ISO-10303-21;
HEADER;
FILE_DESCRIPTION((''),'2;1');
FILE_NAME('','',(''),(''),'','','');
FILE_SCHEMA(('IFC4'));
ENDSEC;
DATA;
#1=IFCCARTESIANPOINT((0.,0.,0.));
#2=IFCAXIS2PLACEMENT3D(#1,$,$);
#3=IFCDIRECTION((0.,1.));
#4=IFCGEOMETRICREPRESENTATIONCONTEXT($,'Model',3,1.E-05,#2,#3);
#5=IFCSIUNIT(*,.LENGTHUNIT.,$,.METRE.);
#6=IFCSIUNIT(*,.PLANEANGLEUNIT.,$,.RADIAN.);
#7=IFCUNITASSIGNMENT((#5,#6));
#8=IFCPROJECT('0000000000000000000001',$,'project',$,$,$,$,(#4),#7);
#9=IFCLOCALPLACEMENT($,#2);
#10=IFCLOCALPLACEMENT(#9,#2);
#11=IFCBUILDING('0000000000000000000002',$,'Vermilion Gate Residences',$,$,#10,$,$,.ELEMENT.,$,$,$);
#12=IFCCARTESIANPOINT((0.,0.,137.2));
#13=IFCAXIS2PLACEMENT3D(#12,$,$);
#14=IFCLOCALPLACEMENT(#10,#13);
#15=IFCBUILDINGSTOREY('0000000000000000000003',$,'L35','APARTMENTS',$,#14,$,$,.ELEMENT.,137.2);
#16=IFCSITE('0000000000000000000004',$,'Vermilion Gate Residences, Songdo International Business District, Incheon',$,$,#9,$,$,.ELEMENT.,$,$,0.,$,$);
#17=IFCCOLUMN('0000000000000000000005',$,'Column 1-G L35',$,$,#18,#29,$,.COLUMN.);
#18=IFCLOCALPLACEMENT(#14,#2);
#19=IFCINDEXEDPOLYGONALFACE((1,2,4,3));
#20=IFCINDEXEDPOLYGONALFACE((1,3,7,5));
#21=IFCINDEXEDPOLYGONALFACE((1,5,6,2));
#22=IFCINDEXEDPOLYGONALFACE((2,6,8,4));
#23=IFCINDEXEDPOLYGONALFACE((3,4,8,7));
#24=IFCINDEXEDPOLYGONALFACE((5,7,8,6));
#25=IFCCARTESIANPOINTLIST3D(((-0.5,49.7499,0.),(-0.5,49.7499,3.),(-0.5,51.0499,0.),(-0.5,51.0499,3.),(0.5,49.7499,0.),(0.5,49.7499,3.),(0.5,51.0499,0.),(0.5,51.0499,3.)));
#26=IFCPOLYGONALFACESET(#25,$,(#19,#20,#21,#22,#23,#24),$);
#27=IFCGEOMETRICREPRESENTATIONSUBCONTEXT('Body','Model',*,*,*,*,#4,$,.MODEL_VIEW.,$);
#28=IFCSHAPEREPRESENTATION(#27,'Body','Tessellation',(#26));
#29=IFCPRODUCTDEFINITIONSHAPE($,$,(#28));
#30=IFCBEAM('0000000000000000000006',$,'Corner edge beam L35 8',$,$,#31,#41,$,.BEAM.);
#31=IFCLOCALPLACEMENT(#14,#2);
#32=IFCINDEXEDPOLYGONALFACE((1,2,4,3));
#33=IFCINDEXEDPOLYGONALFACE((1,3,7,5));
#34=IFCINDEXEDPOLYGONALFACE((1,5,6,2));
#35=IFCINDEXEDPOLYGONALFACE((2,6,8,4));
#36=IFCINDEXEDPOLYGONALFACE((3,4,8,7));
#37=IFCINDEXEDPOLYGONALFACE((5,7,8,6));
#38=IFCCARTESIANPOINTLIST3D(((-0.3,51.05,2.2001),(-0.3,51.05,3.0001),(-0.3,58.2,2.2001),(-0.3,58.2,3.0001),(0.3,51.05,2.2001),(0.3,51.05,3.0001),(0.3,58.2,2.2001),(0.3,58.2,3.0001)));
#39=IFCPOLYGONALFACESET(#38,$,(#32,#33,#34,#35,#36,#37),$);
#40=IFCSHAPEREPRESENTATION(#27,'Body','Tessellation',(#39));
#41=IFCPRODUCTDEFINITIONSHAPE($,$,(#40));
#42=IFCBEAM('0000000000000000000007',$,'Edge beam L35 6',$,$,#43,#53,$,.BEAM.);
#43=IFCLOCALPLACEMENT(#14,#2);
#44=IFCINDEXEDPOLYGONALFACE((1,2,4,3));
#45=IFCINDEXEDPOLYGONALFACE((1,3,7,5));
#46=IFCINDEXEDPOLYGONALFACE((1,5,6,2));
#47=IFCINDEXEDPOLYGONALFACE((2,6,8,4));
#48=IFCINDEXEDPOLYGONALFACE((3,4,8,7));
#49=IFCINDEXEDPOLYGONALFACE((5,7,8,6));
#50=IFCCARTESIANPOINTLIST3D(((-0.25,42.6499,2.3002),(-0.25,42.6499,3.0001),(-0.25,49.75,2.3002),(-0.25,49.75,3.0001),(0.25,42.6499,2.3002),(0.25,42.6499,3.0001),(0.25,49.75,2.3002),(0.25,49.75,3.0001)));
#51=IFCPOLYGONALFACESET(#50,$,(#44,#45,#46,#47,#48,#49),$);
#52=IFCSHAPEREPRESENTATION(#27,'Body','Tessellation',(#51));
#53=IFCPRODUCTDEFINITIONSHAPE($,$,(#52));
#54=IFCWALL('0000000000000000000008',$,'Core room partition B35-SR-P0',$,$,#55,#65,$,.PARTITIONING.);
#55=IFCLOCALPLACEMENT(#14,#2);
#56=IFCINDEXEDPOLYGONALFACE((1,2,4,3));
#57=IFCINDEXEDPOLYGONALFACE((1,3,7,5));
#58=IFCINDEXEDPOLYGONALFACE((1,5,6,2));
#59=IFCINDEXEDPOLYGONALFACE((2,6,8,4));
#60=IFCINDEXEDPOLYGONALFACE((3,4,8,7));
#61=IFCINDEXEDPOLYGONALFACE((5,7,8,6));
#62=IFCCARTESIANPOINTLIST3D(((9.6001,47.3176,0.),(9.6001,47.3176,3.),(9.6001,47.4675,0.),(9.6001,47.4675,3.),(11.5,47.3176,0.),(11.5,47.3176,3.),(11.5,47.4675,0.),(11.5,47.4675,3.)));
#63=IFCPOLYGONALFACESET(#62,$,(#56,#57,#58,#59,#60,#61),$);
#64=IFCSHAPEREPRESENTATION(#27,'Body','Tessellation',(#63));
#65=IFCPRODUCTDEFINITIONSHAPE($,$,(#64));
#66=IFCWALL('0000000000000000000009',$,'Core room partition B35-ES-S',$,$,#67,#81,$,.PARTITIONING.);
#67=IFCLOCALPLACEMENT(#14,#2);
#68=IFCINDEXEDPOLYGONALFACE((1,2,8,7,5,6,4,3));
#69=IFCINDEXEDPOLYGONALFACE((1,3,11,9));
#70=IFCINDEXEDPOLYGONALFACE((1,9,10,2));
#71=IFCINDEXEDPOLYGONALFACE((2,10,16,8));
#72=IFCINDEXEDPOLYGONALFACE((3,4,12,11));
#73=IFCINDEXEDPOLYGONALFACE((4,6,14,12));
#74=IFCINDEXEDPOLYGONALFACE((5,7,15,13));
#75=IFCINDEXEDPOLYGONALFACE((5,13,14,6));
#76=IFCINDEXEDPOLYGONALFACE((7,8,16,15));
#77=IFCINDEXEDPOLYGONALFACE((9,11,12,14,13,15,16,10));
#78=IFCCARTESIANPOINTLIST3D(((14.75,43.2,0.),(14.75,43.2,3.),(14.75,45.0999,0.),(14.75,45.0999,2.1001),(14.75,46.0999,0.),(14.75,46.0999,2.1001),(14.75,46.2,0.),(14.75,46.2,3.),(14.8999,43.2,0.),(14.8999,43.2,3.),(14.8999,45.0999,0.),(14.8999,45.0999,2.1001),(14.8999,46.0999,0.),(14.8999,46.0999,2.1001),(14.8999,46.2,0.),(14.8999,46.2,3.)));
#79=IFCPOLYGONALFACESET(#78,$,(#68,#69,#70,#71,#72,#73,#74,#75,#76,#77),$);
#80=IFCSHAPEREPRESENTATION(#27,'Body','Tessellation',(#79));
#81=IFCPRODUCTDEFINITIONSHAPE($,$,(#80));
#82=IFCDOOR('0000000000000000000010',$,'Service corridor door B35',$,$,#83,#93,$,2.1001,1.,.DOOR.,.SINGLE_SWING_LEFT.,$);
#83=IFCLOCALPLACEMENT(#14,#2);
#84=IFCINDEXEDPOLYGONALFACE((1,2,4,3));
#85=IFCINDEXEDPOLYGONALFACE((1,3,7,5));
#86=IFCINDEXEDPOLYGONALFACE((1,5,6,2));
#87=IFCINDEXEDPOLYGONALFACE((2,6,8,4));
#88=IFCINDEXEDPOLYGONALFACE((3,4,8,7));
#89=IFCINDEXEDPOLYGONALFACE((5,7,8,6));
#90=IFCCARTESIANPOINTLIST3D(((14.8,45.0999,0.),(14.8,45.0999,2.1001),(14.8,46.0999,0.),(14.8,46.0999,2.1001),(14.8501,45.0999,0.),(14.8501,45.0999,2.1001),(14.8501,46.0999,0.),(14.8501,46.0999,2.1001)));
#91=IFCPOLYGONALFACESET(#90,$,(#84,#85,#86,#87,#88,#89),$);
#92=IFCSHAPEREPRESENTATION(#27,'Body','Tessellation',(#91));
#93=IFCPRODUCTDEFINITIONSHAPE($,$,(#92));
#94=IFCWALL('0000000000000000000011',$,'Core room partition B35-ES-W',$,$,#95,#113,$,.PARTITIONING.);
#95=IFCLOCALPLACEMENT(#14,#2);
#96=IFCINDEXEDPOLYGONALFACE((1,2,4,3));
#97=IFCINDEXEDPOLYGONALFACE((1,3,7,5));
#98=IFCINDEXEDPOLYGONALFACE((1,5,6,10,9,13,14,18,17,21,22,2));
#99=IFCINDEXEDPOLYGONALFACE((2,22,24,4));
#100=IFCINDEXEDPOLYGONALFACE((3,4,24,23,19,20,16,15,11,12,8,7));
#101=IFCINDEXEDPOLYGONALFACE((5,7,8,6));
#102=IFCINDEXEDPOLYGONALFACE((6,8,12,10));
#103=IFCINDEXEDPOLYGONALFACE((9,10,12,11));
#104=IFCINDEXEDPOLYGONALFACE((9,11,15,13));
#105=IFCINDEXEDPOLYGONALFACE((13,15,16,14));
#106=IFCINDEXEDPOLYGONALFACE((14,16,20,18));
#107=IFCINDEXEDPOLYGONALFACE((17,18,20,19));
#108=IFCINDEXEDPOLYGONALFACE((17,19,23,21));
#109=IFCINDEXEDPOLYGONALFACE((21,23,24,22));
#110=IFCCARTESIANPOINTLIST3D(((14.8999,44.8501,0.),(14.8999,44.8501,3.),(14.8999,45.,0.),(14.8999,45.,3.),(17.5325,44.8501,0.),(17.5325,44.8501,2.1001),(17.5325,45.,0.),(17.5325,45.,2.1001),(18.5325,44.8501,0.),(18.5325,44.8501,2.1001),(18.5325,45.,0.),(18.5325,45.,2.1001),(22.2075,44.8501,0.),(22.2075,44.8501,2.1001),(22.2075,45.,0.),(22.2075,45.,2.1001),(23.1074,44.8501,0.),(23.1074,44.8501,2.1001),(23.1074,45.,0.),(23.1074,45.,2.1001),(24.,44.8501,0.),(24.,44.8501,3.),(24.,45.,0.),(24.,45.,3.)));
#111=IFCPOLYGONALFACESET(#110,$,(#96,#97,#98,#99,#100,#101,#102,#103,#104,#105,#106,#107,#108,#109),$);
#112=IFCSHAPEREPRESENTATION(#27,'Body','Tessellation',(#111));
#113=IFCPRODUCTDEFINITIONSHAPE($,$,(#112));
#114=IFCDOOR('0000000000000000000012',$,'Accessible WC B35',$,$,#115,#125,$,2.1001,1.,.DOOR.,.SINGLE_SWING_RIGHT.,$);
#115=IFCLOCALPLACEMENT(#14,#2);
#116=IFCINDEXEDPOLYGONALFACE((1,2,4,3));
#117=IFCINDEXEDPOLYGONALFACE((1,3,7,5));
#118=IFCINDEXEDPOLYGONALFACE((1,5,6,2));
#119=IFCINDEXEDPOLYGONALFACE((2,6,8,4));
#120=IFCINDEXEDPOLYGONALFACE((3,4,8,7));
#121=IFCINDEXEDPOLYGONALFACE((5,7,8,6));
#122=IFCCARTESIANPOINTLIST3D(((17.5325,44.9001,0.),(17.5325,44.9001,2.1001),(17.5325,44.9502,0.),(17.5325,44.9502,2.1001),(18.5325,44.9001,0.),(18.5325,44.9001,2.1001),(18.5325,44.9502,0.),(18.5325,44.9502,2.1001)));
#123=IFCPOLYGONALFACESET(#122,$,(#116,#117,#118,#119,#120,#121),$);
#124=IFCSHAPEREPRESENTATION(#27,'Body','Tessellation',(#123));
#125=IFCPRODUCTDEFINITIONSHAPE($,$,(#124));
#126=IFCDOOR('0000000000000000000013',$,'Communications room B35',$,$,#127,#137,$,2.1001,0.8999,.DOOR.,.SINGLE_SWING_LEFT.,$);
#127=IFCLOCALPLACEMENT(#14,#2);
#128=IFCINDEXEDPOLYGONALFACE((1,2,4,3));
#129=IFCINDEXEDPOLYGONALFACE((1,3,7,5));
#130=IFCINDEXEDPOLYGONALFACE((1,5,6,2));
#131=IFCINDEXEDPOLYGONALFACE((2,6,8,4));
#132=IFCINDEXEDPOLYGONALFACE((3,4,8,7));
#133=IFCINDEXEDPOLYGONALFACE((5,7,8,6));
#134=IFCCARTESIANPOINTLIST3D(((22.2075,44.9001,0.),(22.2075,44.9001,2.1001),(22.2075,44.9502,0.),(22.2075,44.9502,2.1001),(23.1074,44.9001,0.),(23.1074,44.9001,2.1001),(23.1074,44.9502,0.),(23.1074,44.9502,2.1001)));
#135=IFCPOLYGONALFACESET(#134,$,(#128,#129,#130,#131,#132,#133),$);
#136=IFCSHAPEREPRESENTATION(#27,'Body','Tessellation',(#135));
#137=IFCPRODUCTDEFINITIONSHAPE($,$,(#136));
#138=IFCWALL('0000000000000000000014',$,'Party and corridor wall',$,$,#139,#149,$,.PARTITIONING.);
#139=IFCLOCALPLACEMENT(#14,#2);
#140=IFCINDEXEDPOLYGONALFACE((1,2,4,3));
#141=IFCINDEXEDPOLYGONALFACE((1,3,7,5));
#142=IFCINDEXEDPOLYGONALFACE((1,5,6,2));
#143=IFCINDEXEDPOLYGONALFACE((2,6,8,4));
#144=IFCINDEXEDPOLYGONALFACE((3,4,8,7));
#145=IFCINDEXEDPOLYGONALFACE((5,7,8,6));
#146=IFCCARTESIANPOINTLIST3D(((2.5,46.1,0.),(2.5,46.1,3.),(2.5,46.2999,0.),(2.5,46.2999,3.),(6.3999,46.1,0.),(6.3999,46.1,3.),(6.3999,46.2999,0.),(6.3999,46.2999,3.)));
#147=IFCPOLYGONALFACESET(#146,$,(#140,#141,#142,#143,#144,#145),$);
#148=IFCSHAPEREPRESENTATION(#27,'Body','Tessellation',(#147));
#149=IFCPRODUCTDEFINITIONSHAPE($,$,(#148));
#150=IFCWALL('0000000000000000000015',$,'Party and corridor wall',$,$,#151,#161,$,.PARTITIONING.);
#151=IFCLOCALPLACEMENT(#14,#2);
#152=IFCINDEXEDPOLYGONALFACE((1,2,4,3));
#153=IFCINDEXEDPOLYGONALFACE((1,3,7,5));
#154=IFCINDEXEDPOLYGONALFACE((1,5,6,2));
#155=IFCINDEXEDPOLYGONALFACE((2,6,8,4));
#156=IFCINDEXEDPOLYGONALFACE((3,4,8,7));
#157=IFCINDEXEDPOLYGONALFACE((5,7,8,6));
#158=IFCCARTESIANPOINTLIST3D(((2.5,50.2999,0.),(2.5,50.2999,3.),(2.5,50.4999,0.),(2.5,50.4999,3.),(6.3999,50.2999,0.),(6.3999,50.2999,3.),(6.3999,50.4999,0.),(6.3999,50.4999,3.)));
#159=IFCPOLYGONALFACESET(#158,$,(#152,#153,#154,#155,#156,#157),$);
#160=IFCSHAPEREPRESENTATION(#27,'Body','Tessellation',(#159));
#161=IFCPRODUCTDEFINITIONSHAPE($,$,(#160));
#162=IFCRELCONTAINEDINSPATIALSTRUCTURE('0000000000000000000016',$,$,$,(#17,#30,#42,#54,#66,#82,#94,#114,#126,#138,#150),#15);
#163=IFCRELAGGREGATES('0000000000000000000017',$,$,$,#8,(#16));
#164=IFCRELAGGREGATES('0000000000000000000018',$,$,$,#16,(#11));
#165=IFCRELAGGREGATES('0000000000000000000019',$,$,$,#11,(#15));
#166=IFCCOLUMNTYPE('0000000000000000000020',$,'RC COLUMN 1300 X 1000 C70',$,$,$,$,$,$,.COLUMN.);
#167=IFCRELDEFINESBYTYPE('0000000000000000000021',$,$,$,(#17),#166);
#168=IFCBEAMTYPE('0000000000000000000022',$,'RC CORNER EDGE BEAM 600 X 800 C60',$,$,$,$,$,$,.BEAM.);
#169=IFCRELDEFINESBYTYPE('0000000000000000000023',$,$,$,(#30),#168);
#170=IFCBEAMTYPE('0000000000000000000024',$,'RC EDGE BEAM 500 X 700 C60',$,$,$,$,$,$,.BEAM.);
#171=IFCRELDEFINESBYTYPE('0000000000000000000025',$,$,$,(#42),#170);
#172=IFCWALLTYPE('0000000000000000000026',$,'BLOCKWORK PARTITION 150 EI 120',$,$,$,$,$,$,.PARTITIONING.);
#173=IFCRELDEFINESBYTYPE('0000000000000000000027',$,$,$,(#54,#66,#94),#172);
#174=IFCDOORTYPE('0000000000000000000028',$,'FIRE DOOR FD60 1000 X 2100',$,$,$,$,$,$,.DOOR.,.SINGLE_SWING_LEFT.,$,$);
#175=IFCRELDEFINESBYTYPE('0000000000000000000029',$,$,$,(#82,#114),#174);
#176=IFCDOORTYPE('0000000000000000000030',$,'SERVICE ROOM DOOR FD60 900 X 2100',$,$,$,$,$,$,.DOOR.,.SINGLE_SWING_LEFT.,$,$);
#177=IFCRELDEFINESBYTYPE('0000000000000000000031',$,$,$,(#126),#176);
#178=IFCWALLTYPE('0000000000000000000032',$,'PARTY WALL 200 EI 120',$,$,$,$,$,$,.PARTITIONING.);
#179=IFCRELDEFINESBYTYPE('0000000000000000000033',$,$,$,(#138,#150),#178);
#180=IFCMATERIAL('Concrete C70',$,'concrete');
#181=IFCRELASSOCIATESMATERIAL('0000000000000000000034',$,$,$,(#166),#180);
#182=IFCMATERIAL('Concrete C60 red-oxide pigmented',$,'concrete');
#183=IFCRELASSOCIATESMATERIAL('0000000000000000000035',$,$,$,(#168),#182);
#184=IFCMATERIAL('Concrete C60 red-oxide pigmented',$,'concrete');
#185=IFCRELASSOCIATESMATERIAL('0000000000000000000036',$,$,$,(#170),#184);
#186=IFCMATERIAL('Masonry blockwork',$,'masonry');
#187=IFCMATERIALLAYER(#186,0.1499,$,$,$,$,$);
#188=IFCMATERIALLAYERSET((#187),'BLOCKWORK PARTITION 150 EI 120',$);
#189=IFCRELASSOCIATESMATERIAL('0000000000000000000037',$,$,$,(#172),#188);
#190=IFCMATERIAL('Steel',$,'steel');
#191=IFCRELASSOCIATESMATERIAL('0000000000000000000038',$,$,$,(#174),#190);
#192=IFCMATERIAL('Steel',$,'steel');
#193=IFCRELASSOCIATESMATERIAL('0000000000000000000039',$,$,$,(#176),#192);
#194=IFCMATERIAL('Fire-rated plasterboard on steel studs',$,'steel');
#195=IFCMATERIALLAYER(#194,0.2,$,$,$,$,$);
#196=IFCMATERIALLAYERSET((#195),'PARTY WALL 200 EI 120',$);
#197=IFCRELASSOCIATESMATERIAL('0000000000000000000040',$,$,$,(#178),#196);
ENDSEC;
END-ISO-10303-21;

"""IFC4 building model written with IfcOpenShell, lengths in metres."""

from ifc_helpers import new_model, si_unit, direction, frame, frame_2d, origin, origin_2d, place, context, subcontext, project, spatial, rectangle, extrude, material, layer, layer_set, material_profile, profile_set, type_object, element, fill, save


model = new_model("IFC4")

# Units and contexts
model_context = context("Model", 3, precision=1e-05, world=origin(), true_north=direction((0.0, 1.0)))
body_context = subcontext(model_context, "Body", "Model", "MODEL_VIEW")
ifc_project = project(units=[si_unit("LENGTHUNIT", "METRE"), si_unit("PLANEANGLEUNIT", "RADIAN")], contexts=[model_context])

# Site, building, storey
site_placement = place(None, origin())
site = spatial("IfcSite", under=ifc_project, at=site_placement, Name="Vermilion Gate Residences, Songdo International Business District, Incheon", CompositionType="ELEMENT", RefElevation=0.0)
building_placement = place(site_placement, origin())
building = spatial("IfcBuilding", under=site, at=building_placement, Name="Vermilion Gate Residences", CompositionType="ELEMENT")
storey_placement = place(building_placement, frame((0.0, 0.0, 137.2)))
storey = spatial("IfcBuildingStorey", under=building, at=storey_placement, Name="L35", Description="APARTMENTS", CompositionType="ELEMENT", Elevation=137.2)

# Column
ifc_material_1 = material(Name="Concrete C70", Category="concrete")
ifc_material_profile_1 = material_profile(ifc_material_1, rectangle(XDim=1.3, YDim=1.0, at=origin_2d()), Name="RC-1300x1000")
ifc_profile_set_1 = profile_set([ifc_material_profile_1], Name="Concrete C70")
column_type = type_object("IfcColumnType", Name="RC COLUMN 1300 X 1000 C70", PredefinedType="COLUMN", material=ifc_profile_set_1)
column_placement = place(storey_placement, frame((0.0, 50.3999, 0.0), z_axis=(0.0, 0.0, 1.0), x_axis=(0.0, 1.0, 0.0)))
element("IfcColumn", 1, at=column_placement, inside=storey, type_object=column_type, Name="Column 1-G L35", PredefinedType="COLUMN", context=body_context, shape_type="SweptSolid", body=[
    extrude(rectangle(XDim=1.3, YDim=1.0, at=origin_2d()), origin(), (0.0, 0.0, 1.0), 3.0),
])

# Beams
ifc_material_2 = material(Name="Concrete C60 red-oxide pigmented", Category="concrete")
ifc_material_profile_2 = material_profile(ifc_material_2, rectangle(XDim=0.6001, YDim=0.8, at=origin_2d()), Name="RC-600x800")
ifc_profile_set_2 = profile_set([ifc_material_profile_2], Name="Concrete C60 red-oxide pigmented")
beam_type_1 = type_object("IfcBeamType", Name="RC CORNER EDGE BEAM 600 X 800 C60", PredefinedType="BEAM", material=ifc_profile_set_2)
beam_1_placement = place(storey_placement, frame((0.0, 51.05, 2.6001), z_axis=(0.0, 1.0, 0.0), x_axis=(-1.0, 0.0, 0.0)))
element("IfcBeam", 2, at=beam_1_placement, inside=storey, type_object=beam_type_1, Name="Corner edge beam L35 8", PredefinedType="BEAM", context=body_context, shape_type="SweptSolid", body=[
    extrude(rectangle(XDim=0.6001, YDim=0.8, at=origin_2d()), origin(), (0.0, 0.0, 1.0), 7.1499),
])
ifc_material_3 = material(Name="Concrete C60 red-oxide pigmented", Category="concrete")
ifc_material_profile_3 = material_profile(ifc_material_3, rectangle(XDim=0.5, YDim=0.7, at=origin_2d()), Name="RC-500x700")
ifc_profile_set_3 = profile_set([ifc_material_profile_3], Name="Concrete C60 red-oxide pigmented")
beam_type_2 = type_object("IfcBeamType", Name="RC EDGE BEAM 500 X 700 C60", PredefinedType="BEAM", material=ifc_profile_set_3)
beam_2_placement = place(storey_placement, frame((0.0, 42.6499, 2.6501), z_axis=(0.0, 1.0, 0.0), x_axis=(-1.0, 0.0, 0.0)))
element("IfcBeam", 3, at=beam_2_placement, inside=storey, type_object=beam_type_2, Name="Edge beam L35 6", PredefinedType="BEAM", context=body_context, shape_type="SweptSolid", body=[
    extrude(rectangle(XDim=0.5, YDim=0.7, at=origin_2d()), origin(), (0.0, 0.0, 1.0), 7.1001),
])

# Wall
ifc_material_4 = material(Name="Masonry blockwork", Category="masonry")
ifc_layer_1 = layer(ifc_material_4, 0.1499)
ifc_layer_set_1 = layer_set([ifc_layer_1], Name="BLOCKWORK PARTITION 150 EI 120")
wall_type_1 = type_object("IfcWallType", Name="BLOCKWORK PARTITION 150 EI 120", PredefinedType="PARTITIONING", material=ifc_layer_set_1)
wall_1_placement = place(storey_placement, frame((9.6001, 47.3926, 0.0), z_axis=(0.0, 0.0, 1.0), x_axis=(1.0, 0.0, 0.0)))
element("IfcWall", 4, at=wall_1_placement, inside=storey, type_object=wall_type_1, Name="Core room partition B35-SR-P0", PredefinedType="PARTITIONING", context=body_context, shape_type="SweptSolid", body=[
    extrude(rectangle(XDim=1.8999, YDim=0.1499, at=frame_2d((0.95, 0.0))), origin(), (0.0, 0.0, 1.0), 3.0),
])

# Wall, opening, door
wall_2_placement = place(storey_placement, frame((14.825, 46.2, 0.0), z_axis=(0.0, 0.0, 1.0), x_axis=(0.0, -1.0, 0.0)))
wall_2 = element("IfcWall", 5, at=wall_2_placement, inside=storey, type_object=wall_type_1, Name="Core room partition B35-ES-S", PredefinedType="PARTITIONING", context=body_context, shape_type="SweptSolid", body=[
    extrude(rectangle(XDim=3.0, YDim=0.1499, at=frame_2d((1.5, 0.0))), origin(), (0.0, 0.0, 1.0), 3.0),
])
opening_1_placement = place(wall_2_placement, frame((0.1001, 0.0, 0.0)))
opening_1 = element("IfcOpeningElement", 6, at=opening_1_placement, cuts=wall_2, PredefinedType="OPENING", context=body_context, shape_type="SweptSolid", body=[
    extrude(rectangle(XDim=1.0, YDim=2.1001, at=frame_2d((0.5, 1.05))), frame((0.0, 0.085, 0.0), z_axis=(0.0, -1.0, 0.0), x_axis=(1.0, 0.0, 0.0)), (0.0, 0.0, 1.0), 0.1699),
])
ifc_material_5 = material(Name="Steel", Category="steel")
door_type_1 = type_object("IfcDoorType", Name="FIRE DOOR FD60 1000 X 2100", OperationType="SINGLE_SWING_LEFT", PredefinedType="DOOR", material=ifc_material_5)
door_1_placement = place(opening_1_placement, frame((1.0, 0.0, 0.0), z_axis=(0.0, 0.0, 1.0), x_axis=(-1.0, 0.0, 0.0)))
door_1 = element("IfcDoor", 7, at=door_1_placement, inside=storey, type_object=door_type_1, Name="Service corridor door B35", OperationType="SINGLE_SWING_LEFT", OverallHeight=2.1001, OverallWidth=1.0, PredefinedType="DOOR", context=body_context, shape_type="SweptSolid", body=[
    extrude(rectangle(XDim=1.0, YDim=2.1001, at=frame_2d((0.5, 1.05))), frame((0.0, 0.0249, 0.0), z_axis=(0.0, -1.0, 0.0), x_axis=(1.0, 0.0, 0.0)), (0.0, 0.0, 1.0), 0.05),
])
fill(opening_1, door_1)

# Wall, openings, doors
wall_3_placement = place(storey_placement, frame((14.8999, 44.925, 0.0), z_axis=(0.0, 0.0, 1.0), x_axis=(1.0, 0.0, 0.0)))
wall_3 = element("IfcWall", 8, at=wall_3_placement, inside=storey, type_object=wall_type_1, Name="Core room partition B35-ES-W", PredefinedType="PARTITIONING", context=body_context, shape_type="SweptSolid", body=[
    extrude(rectangle(XDim=9.1001, YDim=0.1499, at=frame_2d((4.55, 0.0))), origin(), (0.0, 0.0, 1.0), 3.0),
])
opening_2_placement = place(wall_3_placement, frame((2.6326, 0.0, 0.0)))
opening_2 = element("IfcOpeningElement", 9, at=opening_2_placement, cuts=wall_3, PredefinedType="OPENING", context=body_context, shape_type="SweptSolid", body=[
    extrude(rectangle(XDim=1.0, YDim=2.1001, at=frame_2d((0.5, 1.05))), frame((0.0, 0.085, 0.0), z_axis=(0.0, -1.0, 0.0), x_axis=(1.0, 0.0, 0.0)), (0.0, 0.0, 1.0), 0.1699),
])
opening_3_placement = place(wall_3_placement, frame((7.3076, 0.0, 0.0)))
opening_3 = element("IfcOpeningElement", 10, at=opening_3_placement, cuts=wall_3, PredefinedType="OPENING", context=body_context, shape_type="SweptSolid", body=[
    extrude(rectangle(XDim=0.8999, YDim=2.1001, at=frame_2d((0.45, 1.05))), frame((0.0, 0.085, 0.0), z_axis=(0.0, -1.0, 0.0), x_axis=(1.0, 0.0, 0.0)), (0.0, 0.0, 1.0), 0.1699),
])
door_2_placement = place(opening_2_placement, frame((1.0, 0.0, 0.0), z_axis=(0.0, 0.0, 1.0), x_axis=(-1.0, 0.0, 0.0)))
door_2 = element("IfcDoor", 11, at=door_2_placement, inside=storey, type_object=door_type_1, Name="Accessible WC B35", OperationType="SINGLE_SWING_RIGHT", OverallHeight=2.1001, OverallWidth=1.0, PredefinedType="DOOR", context=body_context, shape_type="SweptSolid", body=[
    extrude(rectangle(XDim=1.0, YDim=2.1001, at=frame_2d((0.5, 1.05))), frame((0.0, 0.0249, 0.0), z_axis=(0.0, -1.0, 0.0), x_axis=(1.0, 0.0, 0.0)), (0.0, 0.0, 1.0), 0.05),
])
fill(opening_2, door_2)
ifc_material_6 = material(Name="Steel", Category="steel")
door_type_2 = type_object("IfcDoorType", Name="SERVICE ROOM DOOR FD60 900 X 2100", OperationType="SINGLE_SWING_LEFT", PredefinedType="DOOR", material=ifc_material_6)
door_3_placement = place(opening_3_placement, frame((0.8999, 0.0, 0.0), z_axis=(0.0, 0.0, 1.0), x_axis=(-1.0, 0.0, 0.0)))
door_3 = element("IfcDoor", 12, at=door_3_placement, inside=storey, type_object=door_type_2, Name="Communications room B35", OperationType="SINGLE_SWING_LEFT", OverallHeight=2.1001, OverallWidth=0.8999, PredefinedType="DOOR", context=body_context, shape_type="SweptSolid", body=[
    extrude(rectangle(XDim=0.8999, YDim=2.1001, at=frame_2d((0.45, 1.05))), frame((0.0, 0.0249, 0.0), z_axis=(0.0, -1.0, 0.0), x_axis=(1.0, 0.0, 0.0)), (0.0, 0.0, 1.0), 0.05),
])
fill(opening_3, door_3)

# Walls
ifc_material_7 = material(Name="Fire-rated plasterboard on steel studs", Category="steel")
ifc_layer_2 = layer(ifc_material_7, 0.2)
ifc_layer_set_2 = layer_set([ifc_layer_2], Name="PARTY WALL 200 EI 120")
wall_type_2 = type_object("IfcWallType", Name="PARTY WALL 200 EI 120", PredefinedType="PARTITIONING", material=ifc_layer_set_2)
for number, where, z_axis, x_axis, name in (
    (13, (2.5, 46.2, 0.0), (0.0, 0.0, 1.0), (1.0, 0.0, 0.0), "Party and corridor wall"),
    (14, (2.5, 50.3999, 0.0), (0.0, 0.0, 1.0), (1.0, 0.0, 0.0), "Party and corridor wall"),
):
    element("IfcWall", number, at=place(storey_placement, frame(where, z_axis=z_axis, x_axis=x_axis)), inside=storey, type_object=wall_type_2, Name=name, PredefinedType="PARTITIONING", context=body_context, shape_type="SweptSolid", body=[
        extrude(rectangle(XDim=3.8999, YDim=0.2, at=frame_2d((1.95, 0.0))), origin(), (0.0, 0.0, 1.0), 3.0),
    ])

save(model, "model.ifc")
